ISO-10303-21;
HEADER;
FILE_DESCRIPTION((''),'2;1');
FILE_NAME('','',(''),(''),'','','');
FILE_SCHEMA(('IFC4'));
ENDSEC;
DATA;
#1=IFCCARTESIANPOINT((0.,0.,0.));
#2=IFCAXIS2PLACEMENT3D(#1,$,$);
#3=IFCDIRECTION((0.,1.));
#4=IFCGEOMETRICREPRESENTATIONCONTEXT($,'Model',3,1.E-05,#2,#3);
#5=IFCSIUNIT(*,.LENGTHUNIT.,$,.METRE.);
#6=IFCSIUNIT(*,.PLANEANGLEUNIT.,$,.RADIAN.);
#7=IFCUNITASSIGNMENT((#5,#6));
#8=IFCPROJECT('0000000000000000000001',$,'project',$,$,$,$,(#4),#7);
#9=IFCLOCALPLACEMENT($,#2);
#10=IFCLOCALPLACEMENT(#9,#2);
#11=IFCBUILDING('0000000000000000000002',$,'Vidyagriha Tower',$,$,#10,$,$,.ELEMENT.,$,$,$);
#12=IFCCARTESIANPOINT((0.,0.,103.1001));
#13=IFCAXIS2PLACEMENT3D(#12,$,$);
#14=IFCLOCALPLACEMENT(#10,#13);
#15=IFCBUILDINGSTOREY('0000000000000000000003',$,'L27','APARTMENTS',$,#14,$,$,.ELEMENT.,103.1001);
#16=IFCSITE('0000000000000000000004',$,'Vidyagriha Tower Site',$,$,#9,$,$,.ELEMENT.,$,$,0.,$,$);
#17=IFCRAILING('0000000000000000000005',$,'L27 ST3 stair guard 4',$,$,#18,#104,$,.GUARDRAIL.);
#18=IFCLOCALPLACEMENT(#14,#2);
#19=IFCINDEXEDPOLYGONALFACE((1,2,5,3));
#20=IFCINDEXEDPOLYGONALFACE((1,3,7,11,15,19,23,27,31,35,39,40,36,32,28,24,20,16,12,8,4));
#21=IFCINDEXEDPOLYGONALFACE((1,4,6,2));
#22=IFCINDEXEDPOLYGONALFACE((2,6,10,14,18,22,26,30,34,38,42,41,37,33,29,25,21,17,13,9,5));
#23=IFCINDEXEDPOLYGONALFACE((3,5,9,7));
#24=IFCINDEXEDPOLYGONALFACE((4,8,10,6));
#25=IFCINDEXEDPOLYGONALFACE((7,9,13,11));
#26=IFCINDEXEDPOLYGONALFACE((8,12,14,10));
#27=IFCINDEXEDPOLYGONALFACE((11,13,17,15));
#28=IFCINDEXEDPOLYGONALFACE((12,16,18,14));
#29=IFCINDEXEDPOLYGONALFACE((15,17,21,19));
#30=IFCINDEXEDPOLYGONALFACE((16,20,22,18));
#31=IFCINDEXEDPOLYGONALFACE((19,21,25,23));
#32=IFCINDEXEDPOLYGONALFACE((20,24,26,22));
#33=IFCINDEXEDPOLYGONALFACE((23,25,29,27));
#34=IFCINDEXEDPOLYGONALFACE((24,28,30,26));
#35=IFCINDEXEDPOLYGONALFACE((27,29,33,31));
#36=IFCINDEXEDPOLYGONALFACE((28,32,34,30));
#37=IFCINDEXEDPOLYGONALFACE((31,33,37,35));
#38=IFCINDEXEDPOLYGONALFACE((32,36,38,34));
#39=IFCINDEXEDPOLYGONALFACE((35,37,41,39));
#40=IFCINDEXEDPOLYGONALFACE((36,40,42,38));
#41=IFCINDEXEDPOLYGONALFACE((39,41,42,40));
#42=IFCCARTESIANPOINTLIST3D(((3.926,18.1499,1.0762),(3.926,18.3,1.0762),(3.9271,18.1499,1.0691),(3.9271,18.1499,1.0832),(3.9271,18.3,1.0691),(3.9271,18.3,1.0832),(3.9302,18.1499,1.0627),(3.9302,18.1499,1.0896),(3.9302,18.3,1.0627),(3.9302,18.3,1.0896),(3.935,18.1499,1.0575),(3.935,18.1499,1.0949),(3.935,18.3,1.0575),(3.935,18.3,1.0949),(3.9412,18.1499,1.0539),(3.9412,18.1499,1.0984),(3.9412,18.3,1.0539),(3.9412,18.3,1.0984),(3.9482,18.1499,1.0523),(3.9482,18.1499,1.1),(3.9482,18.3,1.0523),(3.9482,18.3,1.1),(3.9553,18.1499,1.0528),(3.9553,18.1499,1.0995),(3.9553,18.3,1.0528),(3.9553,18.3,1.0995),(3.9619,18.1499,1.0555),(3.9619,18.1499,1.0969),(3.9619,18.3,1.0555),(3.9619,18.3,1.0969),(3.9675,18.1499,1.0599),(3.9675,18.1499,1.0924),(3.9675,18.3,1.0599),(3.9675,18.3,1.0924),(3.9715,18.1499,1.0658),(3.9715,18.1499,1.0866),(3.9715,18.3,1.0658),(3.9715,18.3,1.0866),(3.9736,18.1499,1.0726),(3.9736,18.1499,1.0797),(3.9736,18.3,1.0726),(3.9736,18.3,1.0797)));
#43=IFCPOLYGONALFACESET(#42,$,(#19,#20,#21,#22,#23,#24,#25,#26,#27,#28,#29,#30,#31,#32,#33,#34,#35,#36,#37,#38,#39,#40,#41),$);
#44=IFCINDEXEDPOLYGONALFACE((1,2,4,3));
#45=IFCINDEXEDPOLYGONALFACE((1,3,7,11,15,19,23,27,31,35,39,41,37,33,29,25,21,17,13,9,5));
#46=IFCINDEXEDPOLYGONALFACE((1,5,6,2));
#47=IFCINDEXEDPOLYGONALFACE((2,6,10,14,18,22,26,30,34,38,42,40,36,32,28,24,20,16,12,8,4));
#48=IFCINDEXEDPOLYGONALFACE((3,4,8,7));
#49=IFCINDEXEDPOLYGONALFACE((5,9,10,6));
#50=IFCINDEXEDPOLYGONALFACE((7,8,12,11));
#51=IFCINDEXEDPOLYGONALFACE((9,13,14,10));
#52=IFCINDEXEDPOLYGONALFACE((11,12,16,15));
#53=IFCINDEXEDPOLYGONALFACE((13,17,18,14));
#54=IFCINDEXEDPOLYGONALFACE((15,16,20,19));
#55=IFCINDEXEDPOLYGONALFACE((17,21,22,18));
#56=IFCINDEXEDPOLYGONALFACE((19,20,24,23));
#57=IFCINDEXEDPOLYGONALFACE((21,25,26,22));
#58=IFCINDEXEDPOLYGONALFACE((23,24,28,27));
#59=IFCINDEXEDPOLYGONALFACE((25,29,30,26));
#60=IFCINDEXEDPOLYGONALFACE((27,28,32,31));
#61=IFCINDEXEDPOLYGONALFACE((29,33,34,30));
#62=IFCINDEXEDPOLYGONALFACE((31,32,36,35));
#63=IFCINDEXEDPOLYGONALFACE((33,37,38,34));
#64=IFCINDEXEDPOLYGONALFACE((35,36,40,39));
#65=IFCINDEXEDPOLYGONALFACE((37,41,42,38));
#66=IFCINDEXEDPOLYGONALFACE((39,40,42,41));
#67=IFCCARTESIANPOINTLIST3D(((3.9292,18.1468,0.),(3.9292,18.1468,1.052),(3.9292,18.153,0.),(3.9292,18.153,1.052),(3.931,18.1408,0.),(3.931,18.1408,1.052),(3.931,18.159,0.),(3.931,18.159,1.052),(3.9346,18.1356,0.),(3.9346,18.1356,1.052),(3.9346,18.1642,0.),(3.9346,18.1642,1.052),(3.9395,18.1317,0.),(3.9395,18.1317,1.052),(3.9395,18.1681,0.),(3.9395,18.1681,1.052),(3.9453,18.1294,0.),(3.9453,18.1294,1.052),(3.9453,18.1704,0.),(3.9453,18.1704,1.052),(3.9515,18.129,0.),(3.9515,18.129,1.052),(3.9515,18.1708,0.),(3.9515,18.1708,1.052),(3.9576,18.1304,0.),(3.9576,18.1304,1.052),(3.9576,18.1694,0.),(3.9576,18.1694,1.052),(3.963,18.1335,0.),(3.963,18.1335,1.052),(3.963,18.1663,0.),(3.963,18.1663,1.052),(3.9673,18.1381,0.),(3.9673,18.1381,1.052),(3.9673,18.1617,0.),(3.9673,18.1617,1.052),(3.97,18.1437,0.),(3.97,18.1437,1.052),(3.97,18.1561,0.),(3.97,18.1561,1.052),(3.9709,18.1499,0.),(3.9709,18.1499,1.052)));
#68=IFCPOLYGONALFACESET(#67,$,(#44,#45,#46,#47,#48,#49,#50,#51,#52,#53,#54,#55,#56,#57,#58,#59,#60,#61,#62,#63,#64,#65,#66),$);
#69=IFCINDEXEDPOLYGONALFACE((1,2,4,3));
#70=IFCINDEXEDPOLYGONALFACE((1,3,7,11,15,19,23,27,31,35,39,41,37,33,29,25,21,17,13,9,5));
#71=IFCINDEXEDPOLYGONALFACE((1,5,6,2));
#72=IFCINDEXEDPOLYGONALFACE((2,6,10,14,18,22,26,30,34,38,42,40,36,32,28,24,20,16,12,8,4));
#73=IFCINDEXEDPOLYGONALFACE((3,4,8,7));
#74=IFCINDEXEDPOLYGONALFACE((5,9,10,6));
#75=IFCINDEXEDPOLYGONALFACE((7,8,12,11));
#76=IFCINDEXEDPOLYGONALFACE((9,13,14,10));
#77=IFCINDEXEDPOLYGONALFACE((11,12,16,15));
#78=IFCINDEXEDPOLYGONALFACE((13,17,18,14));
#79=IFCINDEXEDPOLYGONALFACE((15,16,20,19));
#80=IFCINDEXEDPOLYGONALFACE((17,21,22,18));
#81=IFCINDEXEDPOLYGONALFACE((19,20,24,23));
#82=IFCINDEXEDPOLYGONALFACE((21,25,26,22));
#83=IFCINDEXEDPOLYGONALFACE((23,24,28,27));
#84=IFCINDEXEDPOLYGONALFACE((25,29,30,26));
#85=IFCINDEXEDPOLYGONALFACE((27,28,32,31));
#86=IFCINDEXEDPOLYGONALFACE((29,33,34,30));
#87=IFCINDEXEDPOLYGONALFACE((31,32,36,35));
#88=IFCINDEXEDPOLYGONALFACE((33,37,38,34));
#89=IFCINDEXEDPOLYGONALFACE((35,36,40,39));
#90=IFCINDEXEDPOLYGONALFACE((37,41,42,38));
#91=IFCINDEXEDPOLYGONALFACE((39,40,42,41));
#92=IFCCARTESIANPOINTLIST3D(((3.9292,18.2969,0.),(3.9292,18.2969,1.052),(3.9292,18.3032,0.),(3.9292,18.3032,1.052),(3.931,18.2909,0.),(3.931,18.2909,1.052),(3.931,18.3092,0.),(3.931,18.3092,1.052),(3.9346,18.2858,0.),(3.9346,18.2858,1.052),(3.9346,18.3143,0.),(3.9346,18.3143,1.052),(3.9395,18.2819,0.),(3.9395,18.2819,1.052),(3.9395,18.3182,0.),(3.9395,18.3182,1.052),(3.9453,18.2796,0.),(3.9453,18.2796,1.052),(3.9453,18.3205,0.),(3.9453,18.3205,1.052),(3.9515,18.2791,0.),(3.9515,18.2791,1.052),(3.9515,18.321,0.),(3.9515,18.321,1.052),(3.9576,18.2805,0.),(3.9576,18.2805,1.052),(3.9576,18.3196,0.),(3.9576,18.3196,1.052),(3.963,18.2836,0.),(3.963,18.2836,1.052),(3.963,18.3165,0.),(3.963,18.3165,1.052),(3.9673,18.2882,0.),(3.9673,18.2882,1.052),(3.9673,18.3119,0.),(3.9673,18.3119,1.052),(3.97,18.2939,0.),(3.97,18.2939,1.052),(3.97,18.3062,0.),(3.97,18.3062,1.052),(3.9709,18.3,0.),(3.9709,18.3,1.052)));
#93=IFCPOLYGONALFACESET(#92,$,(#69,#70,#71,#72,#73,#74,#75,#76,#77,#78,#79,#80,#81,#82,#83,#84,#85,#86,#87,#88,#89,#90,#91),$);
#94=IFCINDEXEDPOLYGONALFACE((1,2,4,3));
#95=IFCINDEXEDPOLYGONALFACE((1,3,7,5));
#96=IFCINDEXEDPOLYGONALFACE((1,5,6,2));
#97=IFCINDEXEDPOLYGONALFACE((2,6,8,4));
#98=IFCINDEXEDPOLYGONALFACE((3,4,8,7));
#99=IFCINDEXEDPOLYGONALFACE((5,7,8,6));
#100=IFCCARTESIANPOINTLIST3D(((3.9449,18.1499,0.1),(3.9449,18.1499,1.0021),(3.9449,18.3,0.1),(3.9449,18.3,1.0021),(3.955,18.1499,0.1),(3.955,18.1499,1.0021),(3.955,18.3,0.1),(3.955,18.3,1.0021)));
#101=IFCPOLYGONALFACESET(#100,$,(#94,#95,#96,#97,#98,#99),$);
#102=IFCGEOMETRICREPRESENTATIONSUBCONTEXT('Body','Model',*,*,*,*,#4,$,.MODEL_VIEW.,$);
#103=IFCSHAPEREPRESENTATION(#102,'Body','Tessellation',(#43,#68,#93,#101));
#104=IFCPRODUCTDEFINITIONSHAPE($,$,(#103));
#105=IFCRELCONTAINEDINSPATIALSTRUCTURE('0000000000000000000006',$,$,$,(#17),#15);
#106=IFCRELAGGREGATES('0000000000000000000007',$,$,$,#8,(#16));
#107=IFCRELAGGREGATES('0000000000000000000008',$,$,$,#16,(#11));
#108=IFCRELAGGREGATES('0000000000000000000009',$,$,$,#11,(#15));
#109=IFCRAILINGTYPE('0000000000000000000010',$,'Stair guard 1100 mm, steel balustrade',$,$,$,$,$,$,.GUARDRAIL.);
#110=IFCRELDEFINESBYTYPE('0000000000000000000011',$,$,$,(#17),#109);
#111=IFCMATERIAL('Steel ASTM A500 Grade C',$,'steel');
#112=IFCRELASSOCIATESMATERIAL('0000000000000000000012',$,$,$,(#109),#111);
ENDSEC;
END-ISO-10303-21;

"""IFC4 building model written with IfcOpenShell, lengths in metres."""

from ifc_helpers import new_model, si_unit, direction, frame, origin, origin_2d, place, context, subcontext, project, spatial, rectangle, circle, extrude, material, type_object, element, save


model = new_model("IFC4")

# Units and contexts
model_context = context("Model", 3, precision=1e-05, world=origin(), true_north=direction((0.0, 1.0)))
body_context = subcontext(model_context, "Body", "Model", "MODEL_VIEW")
ifc_project = project(units=[si_unit("LENGTHUNIT", "METRE"), si_unit("PLANEANGLEUNIT", "RADIAN")], contexts=[model_context])

# Site, building, storey
site_placement = place(None, origin())
site = spatial("IfcSite", under=ifc_project, at=site_placement, Name="Vidyagriha Tower Site", CompositionType="ELEMENT", RefElevation=0.0)
building_placement = place(site_placement, origin())
building = spatial("IfcBuilding", under=site, at=building_placement, Name="Vidyagriha Tower", CompositionType="ELEMENT")
storey_placement = place(building_placement, frame((0.0, 0.0, 103.1001)))
storey = spatial("IfcBuildingStorey", under=building, at=storey_placement, Name="L27", Description="APARTMENTS", CompositionType="ELEMENT", Elevation=103.1001)

# Railing
ifc_material_1 = material(Name="Steel ASTM A500 Grade C", Category="steel")
railing_type_1 = type_object("IfcRailingType", Name="Stair guard 1100 mm, steel balustrade", PredefinedType="GUARDRAIL", material=ifc_material_1)
railing_1_placement = place(storey_placement, frame((3.95, 18.1499, 0.0)))
element("IfcRailing", 1, at=railing_1_placement, inside=storey, type_object=railing_type_1, Name="L27 ST3 stair guard 4", PredefinedType="GUARDRAIL", context=body_context, shape_type="SweptSolid", body=[
    extrude(circle(Radius=0.0239, at=origin_2d()), frame((0.0, 0.0, 1.0762), z_axis=(0.0, 1.0, 0.0), x_axis=(-1.0, 0.0, 0.0)), (0.0, 0.0, 1.0), 0.1501),
    extrude(circle(Radius=0.021, at=origin_2d()), origin(), (0.0, 0.0, 1.0), 1.052),
    extrude(circle(Radius=0.021, at=origin_2d()), frame((0.0, 0.1501, 0.0)), (0.0, 0.0, 1.0), 1.052),
    extrude(rectangle(XDim=0.01, YDim=0.9021, at=origin_2d()), frame((0.0, 0.0, 0.551), z_axis=(0.0, 1.0, 0.0), x_axis=(-1.0, 0.0, 0.0)), (0.0, 0.0, 1.0), 0.1501),
])

save(model, "model.ifc")
